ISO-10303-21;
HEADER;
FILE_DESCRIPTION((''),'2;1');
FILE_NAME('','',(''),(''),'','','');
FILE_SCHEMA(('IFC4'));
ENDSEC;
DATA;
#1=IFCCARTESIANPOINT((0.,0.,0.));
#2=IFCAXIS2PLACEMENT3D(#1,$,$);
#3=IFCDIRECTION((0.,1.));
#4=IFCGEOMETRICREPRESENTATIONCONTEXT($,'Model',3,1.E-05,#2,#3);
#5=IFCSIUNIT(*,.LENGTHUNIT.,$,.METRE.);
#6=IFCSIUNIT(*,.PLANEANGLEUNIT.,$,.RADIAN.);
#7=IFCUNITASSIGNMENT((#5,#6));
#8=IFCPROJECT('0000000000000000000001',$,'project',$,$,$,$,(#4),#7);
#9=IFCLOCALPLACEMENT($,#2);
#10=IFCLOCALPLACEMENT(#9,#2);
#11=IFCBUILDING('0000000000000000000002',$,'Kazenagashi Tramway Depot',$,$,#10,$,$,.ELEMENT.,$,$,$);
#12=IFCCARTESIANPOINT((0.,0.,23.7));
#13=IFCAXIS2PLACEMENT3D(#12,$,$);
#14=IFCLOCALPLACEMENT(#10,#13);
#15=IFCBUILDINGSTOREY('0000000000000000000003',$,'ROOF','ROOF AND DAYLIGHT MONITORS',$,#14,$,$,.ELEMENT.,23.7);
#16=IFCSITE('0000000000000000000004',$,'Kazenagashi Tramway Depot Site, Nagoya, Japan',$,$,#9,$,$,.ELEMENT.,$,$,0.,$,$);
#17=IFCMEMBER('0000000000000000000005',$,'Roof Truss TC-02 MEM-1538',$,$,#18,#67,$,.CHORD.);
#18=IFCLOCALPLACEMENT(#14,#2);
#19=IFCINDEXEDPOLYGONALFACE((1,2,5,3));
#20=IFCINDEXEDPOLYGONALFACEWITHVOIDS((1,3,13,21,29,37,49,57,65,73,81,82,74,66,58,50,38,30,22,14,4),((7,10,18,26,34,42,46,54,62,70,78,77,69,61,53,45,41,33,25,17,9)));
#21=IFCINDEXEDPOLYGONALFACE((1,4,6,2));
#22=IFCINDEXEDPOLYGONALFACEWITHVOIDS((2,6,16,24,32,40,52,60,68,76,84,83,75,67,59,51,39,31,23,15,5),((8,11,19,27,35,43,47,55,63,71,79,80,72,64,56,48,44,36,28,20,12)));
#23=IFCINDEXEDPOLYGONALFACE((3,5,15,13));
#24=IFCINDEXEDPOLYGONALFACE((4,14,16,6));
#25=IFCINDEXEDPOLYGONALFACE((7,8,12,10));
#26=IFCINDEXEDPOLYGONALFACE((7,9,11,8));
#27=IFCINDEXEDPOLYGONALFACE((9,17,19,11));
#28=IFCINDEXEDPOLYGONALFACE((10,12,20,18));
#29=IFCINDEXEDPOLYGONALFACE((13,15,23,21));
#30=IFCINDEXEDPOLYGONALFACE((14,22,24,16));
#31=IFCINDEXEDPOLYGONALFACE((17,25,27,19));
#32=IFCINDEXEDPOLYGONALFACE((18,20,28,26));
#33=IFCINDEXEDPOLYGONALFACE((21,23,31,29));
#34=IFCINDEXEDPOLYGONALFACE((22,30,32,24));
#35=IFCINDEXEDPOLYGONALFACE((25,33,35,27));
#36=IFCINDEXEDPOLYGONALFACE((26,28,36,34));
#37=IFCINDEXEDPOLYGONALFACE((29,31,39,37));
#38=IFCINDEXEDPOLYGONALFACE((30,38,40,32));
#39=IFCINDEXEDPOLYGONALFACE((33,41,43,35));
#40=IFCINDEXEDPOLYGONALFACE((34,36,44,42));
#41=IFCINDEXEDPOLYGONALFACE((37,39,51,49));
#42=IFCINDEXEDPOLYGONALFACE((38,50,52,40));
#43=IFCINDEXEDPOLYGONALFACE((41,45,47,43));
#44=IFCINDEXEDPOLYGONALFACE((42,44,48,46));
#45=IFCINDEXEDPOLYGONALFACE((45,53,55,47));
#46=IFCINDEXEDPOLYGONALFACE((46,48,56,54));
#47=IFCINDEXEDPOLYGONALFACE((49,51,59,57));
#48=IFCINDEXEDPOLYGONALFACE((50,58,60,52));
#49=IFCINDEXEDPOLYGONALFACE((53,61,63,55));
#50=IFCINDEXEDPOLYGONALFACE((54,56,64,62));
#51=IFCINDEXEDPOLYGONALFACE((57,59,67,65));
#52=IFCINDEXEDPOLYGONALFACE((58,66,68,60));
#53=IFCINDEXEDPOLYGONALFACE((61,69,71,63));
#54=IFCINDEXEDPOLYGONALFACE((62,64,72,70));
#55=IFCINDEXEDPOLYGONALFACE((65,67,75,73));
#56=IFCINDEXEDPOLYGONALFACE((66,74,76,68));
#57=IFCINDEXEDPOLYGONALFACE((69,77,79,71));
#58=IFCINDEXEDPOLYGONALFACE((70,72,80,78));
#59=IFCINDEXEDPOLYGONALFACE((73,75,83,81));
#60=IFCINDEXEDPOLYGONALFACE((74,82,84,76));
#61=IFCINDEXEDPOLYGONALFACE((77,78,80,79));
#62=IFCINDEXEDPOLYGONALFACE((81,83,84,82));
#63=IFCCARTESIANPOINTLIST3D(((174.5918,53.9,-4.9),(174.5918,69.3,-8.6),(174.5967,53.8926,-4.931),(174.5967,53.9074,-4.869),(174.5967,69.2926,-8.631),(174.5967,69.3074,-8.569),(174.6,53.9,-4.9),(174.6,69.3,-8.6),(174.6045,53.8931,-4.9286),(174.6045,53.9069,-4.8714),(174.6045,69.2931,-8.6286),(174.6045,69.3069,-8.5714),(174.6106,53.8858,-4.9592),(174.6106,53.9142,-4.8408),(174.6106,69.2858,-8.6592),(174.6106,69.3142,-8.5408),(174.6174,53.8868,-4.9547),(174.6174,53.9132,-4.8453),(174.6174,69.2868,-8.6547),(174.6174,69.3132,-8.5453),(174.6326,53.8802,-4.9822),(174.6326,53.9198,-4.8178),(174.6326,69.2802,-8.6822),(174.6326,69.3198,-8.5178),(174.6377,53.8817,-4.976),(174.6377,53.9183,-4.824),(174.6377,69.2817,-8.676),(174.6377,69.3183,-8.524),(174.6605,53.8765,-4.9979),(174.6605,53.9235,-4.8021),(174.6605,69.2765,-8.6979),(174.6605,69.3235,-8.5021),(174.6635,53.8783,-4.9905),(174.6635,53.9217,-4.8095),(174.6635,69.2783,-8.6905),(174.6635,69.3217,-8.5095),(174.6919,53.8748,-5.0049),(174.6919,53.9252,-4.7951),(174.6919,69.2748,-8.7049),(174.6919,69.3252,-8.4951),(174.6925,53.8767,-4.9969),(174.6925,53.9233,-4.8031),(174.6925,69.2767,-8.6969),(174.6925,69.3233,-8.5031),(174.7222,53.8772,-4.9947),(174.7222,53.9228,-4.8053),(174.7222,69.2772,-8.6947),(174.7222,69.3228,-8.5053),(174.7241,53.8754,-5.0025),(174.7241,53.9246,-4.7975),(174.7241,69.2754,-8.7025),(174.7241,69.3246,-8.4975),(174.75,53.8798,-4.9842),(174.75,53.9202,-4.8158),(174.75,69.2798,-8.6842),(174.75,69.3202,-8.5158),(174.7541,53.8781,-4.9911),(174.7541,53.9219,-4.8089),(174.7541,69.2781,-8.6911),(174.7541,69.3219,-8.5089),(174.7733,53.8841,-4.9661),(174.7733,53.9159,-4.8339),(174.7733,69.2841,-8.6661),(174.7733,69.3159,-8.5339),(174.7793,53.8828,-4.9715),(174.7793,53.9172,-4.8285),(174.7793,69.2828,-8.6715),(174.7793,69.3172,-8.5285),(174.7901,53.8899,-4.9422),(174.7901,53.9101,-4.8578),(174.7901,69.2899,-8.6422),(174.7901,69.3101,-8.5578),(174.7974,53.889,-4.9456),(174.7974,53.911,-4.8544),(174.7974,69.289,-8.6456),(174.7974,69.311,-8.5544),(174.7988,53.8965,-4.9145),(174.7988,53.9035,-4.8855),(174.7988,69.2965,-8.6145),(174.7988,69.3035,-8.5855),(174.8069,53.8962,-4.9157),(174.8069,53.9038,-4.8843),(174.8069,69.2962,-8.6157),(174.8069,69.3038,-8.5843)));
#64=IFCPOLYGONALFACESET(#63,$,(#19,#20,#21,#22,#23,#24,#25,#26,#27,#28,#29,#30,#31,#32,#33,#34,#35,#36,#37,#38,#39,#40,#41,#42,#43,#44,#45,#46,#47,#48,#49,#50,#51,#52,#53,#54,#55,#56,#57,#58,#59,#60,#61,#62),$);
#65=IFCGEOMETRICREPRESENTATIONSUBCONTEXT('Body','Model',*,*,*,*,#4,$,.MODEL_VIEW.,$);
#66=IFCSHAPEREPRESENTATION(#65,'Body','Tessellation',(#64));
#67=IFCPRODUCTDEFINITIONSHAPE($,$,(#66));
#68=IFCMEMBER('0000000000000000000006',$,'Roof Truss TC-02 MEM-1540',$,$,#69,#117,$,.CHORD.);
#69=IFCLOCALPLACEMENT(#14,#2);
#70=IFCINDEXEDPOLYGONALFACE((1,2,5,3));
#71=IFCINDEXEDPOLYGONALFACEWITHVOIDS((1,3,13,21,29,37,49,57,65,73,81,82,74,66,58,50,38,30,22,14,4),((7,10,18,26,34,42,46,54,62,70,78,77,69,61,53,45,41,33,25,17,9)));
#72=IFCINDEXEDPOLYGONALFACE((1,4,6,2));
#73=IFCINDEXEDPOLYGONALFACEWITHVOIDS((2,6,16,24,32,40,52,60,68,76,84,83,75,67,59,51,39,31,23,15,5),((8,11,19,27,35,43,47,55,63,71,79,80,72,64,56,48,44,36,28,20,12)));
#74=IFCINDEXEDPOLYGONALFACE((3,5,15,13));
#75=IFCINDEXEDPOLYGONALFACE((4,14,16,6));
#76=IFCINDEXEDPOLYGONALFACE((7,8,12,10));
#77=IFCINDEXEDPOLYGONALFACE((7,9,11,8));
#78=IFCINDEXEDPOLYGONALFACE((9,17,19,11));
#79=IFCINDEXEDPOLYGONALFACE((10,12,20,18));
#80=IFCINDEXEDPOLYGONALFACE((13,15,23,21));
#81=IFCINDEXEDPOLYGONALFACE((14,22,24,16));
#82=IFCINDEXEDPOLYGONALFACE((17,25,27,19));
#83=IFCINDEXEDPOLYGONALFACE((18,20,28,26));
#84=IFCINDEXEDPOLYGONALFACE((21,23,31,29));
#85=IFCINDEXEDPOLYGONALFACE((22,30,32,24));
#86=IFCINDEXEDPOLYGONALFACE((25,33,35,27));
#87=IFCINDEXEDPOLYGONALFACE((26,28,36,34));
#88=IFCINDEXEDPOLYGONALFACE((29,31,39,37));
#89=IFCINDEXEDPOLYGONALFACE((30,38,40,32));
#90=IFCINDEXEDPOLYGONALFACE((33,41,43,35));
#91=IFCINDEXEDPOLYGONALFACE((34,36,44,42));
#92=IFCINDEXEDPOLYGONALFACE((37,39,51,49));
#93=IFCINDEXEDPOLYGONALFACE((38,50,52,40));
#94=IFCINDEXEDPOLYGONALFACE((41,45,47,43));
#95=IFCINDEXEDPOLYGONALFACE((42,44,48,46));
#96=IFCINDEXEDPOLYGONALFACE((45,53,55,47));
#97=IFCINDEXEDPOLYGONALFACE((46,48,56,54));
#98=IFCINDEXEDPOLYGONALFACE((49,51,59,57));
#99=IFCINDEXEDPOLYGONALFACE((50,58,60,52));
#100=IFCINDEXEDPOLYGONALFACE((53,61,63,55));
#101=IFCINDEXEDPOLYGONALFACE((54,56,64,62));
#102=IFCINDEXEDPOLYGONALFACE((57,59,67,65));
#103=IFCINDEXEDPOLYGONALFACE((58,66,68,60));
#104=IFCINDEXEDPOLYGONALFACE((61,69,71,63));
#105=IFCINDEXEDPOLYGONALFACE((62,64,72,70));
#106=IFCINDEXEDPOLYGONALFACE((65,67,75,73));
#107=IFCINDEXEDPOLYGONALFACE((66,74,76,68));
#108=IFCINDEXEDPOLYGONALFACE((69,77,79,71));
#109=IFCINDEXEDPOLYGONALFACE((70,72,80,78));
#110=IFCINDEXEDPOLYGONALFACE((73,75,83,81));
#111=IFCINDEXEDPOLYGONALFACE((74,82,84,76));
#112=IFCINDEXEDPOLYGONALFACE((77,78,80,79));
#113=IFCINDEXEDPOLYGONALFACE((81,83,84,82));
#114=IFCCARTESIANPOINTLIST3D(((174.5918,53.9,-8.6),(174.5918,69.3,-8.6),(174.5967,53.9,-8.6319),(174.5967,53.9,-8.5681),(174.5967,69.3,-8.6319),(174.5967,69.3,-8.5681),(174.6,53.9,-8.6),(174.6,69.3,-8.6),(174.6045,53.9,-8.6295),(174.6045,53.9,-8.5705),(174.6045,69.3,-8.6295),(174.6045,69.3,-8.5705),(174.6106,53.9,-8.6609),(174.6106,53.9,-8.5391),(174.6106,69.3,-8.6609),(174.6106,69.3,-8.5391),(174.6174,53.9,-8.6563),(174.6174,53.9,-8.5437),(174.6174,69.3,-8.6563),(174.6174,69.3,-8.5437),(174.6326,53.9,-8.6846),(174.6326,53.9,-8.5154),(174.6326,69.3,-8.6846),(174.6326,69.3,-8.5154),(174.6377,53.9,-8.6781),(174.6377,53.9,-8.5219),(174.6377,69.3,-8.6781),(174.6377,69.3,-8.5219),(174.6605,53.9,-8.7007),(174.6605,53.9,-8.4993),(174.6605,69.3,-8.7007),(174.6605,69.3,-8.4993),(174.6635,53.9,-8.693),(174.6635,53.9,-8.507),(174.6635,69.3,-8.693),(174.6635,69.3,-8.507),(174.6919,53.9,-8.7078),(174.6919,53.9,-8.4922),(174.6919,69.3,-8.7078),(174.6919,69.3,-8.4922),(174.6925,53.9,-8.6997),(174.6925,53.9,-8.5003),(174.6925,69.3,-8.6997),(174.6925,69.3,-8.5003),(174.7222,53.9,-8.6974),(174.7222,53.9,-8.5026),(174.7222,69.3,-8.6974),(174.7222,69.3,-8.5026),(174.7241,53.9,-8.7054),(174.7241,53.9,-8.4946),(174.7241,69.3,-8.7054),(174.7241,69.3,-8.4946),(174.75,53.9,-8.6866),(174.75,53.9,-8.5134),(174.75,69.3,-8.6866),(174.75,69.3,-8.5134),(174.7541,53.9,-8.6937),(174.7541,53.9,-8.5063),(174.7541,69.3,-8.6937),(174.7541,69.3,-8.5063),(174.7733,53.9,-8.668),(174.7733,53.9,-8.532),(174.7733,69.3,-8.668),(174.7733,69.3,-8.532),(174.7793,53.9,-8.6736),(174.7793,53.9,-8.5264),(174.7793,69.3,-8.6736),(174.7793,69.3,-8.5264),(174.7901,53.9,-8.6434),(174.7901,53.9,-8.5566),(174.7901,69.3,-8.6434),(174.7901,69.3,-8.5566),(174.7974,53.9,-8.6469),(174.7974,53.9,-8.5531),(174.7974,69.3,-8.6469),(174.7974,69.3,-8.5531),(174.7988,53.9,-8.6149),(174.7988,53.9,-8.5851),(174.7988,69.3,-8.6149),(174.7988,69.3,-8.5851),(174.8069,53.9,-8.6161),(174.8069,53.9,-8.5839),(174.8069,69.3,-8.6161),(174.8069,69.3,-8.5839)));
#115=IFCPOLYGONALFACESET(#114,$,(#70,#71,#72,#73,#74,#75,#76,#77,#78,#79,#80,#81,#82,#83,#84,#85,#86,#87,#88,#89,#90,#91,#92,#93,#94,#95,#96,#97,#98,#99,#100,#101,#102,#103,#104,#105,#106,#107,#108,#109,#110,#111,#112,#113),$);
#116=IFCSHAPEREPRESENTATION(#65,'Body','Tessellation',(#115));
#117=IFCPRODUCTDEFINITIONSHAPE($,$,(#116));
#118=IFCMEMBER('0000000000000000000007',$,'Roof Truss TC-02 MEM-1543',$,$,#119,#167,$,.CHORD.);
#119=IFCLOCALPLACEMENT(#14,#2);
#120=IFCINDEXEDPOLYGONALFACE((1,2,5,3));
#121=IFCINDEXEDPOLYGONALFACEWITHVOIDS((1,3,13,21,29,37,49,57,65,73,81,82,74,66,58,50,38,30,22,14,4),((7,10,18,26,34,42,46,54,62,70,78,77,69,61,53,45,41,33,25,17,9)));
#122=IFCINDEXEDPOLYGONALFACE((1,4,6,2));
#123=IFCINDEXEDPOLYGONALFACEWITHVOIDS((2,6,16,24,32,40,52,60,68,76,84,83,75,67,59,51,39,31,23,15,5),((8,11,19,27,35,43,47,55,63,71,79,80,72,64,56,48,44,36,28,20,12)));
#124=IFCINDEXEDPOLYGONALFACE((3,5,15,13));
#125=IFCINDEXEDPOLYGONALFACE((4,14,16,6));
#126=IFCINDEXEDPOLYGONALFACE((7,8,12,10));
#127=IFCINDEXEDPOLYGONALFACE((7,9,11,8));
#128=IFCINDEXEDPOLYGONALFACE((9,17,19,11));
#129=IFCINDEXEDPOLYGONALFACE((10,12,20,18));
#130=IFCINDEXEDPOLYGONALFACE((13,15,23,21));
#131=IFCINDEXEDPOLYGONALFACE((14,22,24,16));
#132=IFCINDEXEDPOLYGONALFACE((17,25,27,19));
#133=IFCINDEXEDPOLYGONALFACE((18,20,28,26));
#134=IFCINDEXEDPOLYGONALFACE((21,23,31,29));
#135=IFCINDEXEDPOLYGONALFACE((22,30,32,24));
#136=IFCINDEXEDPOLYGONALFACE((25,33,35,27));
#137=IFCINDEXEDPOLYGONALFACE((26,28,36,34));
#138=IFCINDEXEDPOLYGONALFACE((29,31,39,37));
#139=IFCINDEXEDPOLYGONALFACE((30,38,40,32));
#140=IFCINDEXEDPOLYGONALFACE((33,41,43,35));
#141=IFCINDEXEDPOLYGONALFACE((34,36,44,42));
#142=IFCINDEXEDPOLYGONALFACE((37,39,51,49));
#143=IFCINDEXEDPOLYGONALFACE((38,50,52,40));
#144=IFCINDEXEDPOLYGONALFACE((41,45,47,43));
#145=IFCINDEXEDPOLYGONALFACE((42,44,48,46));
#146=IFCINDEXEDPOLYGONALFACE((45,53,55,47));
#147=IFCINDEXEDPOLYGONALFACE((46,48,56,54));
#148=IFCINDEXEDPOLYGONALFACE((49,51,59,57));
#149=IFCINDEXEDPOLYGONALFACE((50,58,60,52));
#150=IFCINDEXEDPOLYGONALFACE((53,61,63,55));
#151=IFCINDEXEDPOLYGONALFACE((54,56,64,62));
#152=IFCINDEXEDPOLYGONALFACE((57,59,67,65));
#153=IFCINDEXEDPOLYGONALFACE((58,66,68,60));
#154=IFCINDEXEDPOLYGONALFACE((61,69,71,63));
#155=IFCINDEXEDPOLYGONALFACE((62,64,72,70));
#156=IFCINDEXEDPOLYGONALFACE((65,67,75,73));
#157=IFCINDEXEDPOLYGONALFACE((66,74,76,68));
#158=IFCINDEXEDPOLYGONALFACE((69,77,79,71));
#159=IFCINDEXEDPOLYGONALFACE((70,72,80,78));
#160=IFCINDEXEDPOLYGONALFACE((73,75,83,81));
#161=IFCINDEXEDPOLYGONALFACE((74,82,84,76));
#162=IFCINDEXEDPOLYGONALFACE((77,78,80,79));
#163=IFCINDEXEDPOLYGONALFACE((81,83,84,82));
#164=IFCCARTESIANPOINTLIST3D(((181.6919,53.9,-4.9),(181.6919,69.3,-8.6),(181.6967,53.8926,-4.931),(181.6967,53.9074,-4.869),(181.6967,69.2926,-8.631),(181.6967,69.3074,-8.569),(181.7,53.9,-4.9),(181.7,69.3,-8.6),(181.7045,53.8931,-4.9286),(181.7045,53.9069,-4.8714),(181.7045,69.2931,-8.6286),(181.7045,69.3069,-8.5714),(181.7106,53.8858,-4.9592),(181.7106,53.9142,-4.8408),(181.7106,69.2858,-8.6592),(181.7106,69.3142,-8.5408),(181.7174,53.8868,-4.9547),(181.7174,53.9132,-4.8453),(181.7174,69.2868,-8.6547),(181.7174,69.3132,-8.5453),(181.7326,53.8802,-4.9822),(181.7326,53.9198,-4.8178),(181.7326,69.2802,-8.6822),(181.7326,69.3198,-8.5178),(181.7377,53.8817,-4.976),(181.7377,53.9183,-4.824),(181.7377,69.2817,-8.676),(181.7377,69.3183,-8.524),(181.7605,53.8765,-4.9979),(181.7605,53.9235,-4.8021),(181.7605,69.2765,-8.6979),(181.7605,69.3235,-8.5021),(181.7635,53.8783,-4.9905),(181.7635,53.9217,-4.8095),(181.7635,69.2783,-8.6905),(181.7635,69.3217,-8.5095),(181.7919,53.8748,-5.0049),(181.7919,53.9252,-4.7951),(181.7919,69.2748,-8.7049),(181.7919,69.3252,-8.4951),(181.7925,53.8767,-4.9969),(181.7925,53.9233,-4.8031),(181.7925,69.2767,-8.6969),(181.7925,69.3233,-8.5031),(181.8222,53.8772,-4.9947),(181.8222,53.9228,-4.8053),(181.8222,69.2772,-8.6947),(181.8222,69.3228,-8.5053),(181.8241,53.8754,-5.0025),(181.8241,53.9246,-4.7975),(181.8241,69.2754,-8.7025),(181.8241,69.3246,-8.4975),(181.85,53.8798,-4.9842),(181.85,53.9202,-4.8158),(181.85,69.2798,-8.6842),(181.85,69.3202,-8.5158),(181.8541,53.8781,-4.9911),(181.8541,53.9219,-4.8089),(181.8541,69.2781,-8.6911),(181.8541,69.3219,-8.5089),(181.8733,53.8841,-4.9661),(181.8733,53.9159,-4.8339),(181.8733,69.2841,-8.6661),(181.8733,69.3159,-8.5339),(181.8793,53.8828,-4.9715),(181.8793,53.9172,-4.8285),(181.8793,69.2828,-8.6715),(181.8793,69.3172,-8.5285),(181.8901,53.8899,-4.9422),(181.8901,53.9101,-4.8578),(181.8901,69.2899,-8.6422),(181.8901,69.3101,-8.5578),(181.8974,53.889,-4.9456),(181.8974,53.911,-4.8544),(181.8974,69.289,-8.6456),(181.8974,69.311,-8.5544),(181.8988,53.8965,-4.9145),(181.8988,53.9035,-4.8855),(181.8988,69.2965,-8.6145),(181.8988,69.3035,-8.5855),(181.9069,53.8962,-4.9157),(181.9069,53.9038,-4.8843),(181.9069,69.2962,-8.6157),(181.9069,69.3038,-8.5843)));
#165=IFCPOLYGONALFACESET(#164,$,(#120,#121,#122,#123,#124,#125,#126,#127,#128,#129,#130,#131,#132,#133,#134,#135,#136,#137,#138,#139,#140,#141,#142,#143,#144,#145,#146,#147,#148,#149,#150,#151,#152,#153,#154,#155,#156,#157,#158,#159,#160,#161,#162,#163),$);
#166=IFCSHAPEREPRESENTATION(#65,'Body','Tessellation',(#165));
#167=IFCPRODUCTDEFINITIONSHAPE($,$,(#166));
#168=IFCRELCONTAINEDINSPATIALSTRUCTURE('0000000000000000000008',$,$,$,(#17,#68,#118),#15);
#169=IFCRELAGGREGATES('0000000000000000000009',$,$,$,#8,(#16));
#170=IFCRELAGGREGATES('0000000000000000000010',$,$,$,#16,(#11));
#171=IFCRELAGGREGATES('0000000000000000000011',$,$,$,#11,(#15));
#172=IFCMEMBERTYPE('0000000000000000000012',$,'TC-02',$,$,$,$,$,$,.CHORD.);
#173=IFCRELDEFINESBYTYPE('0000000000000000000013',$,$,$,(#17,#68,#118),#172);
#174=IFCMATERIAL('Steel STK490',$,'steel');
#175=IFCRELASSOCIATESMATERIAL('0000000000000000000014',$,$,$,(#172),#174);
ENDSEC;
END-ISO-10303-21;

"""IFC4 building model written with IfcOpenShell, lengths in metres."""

from ifc_helpers import new_model, si_unit, direction, frame, origin, origin_2d, place, context, subcontext, project, spatial, hollow_circle, extrude, material, material_profile, profile_set, type_object, element, save


model = new_model("IFC4")

# Units and contexts
model_context = context("Model", 3, precision=1e-05, world=origin(), true_north=direction((0.0, 1.0)))
body_context = subcontext(model_context, "Body", "Model", "MODEL_VIEW")
ifc_project = project(units=[si_unit("LENGTHUNIT", "METRE"), si_unit("PLANEANGLEUNIT", "RADIAN")], contexts=[model_context])

# Site, building, storey
site_placement = place(None, origin())
site = spatial("IfcSite", under=ifc_project, at=site_placement, Name="Kazenagashi Tramway Depot Site, Nagoya, Japan", CompositionType="ELEMENT", RefElevation=0.0)
building_placement = place(site_placement, origin())
building = spatial("IfcBuilding", under=site, at=building_placement, Name="Kazenagashi Tramway Depot", CompositionType="ELEMENT")
storey_placement = place(building_placement, frame((0.0, 0.0, 23.7)))
storey = spatial("IfcBuildingStorey", under=building, at=storey_placement, Name="ROOF", Description="ROOF AND DAYLIGHT MONITORS", CompositionType="ELEMENT", Elevation=23.7)

# Members
ifc_material_1 = material(Name="Steel STK490", Category="steel")
ifc_material_profile_1 = material_profile(ifc_material_1, hollow_circle(Radius=0.1081, WallThickness=0.0082, at=origin_2d()), Name="CHS-216.3x8.2")
ifc_profile_set_1 = profile_set([ifc_material_profile_1], Name="Steel STK490")
member_type_1 = type_object("IfcMemberType", Name="TC-02", PredefinedType="CHORD", material=ifc_profile_set_1)
member_1_placement = place(storey_placement, frame((174.7, 53.9, -4.9), z_axis=(0.0, 0.97233, -0.233612), x_axis=(-1.0, 0.0, 0.0)))
element("IfcMember", 1, at=member_1_placement, inside=storey, type_object=member_type_1, Name="Roof Truss TC-02 MEM-1538", PredefinedType="CHORD", context=body_context, shape_type="SweptSolid", body=[
    extrude(hollow_circle(Radius=0.1081, WallThickness=0.0082, at=origin_2d()), origin(), (0.0, 0.0, 1.0), 15.8382),
])
member_2_placement = place(storey_placement, frame((174.7, 53.9, -8.6), z_axis=(0.0, 1.0, 0.0), x_axis=(-1.0, 0.0, 0.0)))
element("IfcMember", 2, at=member_2_placement, inside=storey, type_object=member_type_1, Name="Roof Truss TC-02 MEM-1540", PredefinedType="CHORD", context=body_context, shape_type="SweptSolid", body=[
    extrude(hollow_circle(Radius=0.1081, WallThickness=0.0082, at=origin_2d()), origin(), (0.0, 0.0, 1.0), 15.4),
])
member_3_placement = place(storey_placement, frame((181.8, 53.9, -4.9), z_axis=(0.0, 0.97233, -0.233612), x_axis=(-1.0, 0.0, 0.0)))
element("IfcMember", 3, at=member_3_placement, inside=storey, type_object=member_type_1, Name="Roof Truss TC-02 MEM-1543", PredefinedType="CHORD", context=body_context, shape_type="SweptSolid", body=[
    extrude(hollow_circle(Radius=0.1081, WallThickness=0.0082, at=origin_2d()), origin(), (0.0, 0.0, 1.0), 15.8382),
])

save(model, "model.ifc")
